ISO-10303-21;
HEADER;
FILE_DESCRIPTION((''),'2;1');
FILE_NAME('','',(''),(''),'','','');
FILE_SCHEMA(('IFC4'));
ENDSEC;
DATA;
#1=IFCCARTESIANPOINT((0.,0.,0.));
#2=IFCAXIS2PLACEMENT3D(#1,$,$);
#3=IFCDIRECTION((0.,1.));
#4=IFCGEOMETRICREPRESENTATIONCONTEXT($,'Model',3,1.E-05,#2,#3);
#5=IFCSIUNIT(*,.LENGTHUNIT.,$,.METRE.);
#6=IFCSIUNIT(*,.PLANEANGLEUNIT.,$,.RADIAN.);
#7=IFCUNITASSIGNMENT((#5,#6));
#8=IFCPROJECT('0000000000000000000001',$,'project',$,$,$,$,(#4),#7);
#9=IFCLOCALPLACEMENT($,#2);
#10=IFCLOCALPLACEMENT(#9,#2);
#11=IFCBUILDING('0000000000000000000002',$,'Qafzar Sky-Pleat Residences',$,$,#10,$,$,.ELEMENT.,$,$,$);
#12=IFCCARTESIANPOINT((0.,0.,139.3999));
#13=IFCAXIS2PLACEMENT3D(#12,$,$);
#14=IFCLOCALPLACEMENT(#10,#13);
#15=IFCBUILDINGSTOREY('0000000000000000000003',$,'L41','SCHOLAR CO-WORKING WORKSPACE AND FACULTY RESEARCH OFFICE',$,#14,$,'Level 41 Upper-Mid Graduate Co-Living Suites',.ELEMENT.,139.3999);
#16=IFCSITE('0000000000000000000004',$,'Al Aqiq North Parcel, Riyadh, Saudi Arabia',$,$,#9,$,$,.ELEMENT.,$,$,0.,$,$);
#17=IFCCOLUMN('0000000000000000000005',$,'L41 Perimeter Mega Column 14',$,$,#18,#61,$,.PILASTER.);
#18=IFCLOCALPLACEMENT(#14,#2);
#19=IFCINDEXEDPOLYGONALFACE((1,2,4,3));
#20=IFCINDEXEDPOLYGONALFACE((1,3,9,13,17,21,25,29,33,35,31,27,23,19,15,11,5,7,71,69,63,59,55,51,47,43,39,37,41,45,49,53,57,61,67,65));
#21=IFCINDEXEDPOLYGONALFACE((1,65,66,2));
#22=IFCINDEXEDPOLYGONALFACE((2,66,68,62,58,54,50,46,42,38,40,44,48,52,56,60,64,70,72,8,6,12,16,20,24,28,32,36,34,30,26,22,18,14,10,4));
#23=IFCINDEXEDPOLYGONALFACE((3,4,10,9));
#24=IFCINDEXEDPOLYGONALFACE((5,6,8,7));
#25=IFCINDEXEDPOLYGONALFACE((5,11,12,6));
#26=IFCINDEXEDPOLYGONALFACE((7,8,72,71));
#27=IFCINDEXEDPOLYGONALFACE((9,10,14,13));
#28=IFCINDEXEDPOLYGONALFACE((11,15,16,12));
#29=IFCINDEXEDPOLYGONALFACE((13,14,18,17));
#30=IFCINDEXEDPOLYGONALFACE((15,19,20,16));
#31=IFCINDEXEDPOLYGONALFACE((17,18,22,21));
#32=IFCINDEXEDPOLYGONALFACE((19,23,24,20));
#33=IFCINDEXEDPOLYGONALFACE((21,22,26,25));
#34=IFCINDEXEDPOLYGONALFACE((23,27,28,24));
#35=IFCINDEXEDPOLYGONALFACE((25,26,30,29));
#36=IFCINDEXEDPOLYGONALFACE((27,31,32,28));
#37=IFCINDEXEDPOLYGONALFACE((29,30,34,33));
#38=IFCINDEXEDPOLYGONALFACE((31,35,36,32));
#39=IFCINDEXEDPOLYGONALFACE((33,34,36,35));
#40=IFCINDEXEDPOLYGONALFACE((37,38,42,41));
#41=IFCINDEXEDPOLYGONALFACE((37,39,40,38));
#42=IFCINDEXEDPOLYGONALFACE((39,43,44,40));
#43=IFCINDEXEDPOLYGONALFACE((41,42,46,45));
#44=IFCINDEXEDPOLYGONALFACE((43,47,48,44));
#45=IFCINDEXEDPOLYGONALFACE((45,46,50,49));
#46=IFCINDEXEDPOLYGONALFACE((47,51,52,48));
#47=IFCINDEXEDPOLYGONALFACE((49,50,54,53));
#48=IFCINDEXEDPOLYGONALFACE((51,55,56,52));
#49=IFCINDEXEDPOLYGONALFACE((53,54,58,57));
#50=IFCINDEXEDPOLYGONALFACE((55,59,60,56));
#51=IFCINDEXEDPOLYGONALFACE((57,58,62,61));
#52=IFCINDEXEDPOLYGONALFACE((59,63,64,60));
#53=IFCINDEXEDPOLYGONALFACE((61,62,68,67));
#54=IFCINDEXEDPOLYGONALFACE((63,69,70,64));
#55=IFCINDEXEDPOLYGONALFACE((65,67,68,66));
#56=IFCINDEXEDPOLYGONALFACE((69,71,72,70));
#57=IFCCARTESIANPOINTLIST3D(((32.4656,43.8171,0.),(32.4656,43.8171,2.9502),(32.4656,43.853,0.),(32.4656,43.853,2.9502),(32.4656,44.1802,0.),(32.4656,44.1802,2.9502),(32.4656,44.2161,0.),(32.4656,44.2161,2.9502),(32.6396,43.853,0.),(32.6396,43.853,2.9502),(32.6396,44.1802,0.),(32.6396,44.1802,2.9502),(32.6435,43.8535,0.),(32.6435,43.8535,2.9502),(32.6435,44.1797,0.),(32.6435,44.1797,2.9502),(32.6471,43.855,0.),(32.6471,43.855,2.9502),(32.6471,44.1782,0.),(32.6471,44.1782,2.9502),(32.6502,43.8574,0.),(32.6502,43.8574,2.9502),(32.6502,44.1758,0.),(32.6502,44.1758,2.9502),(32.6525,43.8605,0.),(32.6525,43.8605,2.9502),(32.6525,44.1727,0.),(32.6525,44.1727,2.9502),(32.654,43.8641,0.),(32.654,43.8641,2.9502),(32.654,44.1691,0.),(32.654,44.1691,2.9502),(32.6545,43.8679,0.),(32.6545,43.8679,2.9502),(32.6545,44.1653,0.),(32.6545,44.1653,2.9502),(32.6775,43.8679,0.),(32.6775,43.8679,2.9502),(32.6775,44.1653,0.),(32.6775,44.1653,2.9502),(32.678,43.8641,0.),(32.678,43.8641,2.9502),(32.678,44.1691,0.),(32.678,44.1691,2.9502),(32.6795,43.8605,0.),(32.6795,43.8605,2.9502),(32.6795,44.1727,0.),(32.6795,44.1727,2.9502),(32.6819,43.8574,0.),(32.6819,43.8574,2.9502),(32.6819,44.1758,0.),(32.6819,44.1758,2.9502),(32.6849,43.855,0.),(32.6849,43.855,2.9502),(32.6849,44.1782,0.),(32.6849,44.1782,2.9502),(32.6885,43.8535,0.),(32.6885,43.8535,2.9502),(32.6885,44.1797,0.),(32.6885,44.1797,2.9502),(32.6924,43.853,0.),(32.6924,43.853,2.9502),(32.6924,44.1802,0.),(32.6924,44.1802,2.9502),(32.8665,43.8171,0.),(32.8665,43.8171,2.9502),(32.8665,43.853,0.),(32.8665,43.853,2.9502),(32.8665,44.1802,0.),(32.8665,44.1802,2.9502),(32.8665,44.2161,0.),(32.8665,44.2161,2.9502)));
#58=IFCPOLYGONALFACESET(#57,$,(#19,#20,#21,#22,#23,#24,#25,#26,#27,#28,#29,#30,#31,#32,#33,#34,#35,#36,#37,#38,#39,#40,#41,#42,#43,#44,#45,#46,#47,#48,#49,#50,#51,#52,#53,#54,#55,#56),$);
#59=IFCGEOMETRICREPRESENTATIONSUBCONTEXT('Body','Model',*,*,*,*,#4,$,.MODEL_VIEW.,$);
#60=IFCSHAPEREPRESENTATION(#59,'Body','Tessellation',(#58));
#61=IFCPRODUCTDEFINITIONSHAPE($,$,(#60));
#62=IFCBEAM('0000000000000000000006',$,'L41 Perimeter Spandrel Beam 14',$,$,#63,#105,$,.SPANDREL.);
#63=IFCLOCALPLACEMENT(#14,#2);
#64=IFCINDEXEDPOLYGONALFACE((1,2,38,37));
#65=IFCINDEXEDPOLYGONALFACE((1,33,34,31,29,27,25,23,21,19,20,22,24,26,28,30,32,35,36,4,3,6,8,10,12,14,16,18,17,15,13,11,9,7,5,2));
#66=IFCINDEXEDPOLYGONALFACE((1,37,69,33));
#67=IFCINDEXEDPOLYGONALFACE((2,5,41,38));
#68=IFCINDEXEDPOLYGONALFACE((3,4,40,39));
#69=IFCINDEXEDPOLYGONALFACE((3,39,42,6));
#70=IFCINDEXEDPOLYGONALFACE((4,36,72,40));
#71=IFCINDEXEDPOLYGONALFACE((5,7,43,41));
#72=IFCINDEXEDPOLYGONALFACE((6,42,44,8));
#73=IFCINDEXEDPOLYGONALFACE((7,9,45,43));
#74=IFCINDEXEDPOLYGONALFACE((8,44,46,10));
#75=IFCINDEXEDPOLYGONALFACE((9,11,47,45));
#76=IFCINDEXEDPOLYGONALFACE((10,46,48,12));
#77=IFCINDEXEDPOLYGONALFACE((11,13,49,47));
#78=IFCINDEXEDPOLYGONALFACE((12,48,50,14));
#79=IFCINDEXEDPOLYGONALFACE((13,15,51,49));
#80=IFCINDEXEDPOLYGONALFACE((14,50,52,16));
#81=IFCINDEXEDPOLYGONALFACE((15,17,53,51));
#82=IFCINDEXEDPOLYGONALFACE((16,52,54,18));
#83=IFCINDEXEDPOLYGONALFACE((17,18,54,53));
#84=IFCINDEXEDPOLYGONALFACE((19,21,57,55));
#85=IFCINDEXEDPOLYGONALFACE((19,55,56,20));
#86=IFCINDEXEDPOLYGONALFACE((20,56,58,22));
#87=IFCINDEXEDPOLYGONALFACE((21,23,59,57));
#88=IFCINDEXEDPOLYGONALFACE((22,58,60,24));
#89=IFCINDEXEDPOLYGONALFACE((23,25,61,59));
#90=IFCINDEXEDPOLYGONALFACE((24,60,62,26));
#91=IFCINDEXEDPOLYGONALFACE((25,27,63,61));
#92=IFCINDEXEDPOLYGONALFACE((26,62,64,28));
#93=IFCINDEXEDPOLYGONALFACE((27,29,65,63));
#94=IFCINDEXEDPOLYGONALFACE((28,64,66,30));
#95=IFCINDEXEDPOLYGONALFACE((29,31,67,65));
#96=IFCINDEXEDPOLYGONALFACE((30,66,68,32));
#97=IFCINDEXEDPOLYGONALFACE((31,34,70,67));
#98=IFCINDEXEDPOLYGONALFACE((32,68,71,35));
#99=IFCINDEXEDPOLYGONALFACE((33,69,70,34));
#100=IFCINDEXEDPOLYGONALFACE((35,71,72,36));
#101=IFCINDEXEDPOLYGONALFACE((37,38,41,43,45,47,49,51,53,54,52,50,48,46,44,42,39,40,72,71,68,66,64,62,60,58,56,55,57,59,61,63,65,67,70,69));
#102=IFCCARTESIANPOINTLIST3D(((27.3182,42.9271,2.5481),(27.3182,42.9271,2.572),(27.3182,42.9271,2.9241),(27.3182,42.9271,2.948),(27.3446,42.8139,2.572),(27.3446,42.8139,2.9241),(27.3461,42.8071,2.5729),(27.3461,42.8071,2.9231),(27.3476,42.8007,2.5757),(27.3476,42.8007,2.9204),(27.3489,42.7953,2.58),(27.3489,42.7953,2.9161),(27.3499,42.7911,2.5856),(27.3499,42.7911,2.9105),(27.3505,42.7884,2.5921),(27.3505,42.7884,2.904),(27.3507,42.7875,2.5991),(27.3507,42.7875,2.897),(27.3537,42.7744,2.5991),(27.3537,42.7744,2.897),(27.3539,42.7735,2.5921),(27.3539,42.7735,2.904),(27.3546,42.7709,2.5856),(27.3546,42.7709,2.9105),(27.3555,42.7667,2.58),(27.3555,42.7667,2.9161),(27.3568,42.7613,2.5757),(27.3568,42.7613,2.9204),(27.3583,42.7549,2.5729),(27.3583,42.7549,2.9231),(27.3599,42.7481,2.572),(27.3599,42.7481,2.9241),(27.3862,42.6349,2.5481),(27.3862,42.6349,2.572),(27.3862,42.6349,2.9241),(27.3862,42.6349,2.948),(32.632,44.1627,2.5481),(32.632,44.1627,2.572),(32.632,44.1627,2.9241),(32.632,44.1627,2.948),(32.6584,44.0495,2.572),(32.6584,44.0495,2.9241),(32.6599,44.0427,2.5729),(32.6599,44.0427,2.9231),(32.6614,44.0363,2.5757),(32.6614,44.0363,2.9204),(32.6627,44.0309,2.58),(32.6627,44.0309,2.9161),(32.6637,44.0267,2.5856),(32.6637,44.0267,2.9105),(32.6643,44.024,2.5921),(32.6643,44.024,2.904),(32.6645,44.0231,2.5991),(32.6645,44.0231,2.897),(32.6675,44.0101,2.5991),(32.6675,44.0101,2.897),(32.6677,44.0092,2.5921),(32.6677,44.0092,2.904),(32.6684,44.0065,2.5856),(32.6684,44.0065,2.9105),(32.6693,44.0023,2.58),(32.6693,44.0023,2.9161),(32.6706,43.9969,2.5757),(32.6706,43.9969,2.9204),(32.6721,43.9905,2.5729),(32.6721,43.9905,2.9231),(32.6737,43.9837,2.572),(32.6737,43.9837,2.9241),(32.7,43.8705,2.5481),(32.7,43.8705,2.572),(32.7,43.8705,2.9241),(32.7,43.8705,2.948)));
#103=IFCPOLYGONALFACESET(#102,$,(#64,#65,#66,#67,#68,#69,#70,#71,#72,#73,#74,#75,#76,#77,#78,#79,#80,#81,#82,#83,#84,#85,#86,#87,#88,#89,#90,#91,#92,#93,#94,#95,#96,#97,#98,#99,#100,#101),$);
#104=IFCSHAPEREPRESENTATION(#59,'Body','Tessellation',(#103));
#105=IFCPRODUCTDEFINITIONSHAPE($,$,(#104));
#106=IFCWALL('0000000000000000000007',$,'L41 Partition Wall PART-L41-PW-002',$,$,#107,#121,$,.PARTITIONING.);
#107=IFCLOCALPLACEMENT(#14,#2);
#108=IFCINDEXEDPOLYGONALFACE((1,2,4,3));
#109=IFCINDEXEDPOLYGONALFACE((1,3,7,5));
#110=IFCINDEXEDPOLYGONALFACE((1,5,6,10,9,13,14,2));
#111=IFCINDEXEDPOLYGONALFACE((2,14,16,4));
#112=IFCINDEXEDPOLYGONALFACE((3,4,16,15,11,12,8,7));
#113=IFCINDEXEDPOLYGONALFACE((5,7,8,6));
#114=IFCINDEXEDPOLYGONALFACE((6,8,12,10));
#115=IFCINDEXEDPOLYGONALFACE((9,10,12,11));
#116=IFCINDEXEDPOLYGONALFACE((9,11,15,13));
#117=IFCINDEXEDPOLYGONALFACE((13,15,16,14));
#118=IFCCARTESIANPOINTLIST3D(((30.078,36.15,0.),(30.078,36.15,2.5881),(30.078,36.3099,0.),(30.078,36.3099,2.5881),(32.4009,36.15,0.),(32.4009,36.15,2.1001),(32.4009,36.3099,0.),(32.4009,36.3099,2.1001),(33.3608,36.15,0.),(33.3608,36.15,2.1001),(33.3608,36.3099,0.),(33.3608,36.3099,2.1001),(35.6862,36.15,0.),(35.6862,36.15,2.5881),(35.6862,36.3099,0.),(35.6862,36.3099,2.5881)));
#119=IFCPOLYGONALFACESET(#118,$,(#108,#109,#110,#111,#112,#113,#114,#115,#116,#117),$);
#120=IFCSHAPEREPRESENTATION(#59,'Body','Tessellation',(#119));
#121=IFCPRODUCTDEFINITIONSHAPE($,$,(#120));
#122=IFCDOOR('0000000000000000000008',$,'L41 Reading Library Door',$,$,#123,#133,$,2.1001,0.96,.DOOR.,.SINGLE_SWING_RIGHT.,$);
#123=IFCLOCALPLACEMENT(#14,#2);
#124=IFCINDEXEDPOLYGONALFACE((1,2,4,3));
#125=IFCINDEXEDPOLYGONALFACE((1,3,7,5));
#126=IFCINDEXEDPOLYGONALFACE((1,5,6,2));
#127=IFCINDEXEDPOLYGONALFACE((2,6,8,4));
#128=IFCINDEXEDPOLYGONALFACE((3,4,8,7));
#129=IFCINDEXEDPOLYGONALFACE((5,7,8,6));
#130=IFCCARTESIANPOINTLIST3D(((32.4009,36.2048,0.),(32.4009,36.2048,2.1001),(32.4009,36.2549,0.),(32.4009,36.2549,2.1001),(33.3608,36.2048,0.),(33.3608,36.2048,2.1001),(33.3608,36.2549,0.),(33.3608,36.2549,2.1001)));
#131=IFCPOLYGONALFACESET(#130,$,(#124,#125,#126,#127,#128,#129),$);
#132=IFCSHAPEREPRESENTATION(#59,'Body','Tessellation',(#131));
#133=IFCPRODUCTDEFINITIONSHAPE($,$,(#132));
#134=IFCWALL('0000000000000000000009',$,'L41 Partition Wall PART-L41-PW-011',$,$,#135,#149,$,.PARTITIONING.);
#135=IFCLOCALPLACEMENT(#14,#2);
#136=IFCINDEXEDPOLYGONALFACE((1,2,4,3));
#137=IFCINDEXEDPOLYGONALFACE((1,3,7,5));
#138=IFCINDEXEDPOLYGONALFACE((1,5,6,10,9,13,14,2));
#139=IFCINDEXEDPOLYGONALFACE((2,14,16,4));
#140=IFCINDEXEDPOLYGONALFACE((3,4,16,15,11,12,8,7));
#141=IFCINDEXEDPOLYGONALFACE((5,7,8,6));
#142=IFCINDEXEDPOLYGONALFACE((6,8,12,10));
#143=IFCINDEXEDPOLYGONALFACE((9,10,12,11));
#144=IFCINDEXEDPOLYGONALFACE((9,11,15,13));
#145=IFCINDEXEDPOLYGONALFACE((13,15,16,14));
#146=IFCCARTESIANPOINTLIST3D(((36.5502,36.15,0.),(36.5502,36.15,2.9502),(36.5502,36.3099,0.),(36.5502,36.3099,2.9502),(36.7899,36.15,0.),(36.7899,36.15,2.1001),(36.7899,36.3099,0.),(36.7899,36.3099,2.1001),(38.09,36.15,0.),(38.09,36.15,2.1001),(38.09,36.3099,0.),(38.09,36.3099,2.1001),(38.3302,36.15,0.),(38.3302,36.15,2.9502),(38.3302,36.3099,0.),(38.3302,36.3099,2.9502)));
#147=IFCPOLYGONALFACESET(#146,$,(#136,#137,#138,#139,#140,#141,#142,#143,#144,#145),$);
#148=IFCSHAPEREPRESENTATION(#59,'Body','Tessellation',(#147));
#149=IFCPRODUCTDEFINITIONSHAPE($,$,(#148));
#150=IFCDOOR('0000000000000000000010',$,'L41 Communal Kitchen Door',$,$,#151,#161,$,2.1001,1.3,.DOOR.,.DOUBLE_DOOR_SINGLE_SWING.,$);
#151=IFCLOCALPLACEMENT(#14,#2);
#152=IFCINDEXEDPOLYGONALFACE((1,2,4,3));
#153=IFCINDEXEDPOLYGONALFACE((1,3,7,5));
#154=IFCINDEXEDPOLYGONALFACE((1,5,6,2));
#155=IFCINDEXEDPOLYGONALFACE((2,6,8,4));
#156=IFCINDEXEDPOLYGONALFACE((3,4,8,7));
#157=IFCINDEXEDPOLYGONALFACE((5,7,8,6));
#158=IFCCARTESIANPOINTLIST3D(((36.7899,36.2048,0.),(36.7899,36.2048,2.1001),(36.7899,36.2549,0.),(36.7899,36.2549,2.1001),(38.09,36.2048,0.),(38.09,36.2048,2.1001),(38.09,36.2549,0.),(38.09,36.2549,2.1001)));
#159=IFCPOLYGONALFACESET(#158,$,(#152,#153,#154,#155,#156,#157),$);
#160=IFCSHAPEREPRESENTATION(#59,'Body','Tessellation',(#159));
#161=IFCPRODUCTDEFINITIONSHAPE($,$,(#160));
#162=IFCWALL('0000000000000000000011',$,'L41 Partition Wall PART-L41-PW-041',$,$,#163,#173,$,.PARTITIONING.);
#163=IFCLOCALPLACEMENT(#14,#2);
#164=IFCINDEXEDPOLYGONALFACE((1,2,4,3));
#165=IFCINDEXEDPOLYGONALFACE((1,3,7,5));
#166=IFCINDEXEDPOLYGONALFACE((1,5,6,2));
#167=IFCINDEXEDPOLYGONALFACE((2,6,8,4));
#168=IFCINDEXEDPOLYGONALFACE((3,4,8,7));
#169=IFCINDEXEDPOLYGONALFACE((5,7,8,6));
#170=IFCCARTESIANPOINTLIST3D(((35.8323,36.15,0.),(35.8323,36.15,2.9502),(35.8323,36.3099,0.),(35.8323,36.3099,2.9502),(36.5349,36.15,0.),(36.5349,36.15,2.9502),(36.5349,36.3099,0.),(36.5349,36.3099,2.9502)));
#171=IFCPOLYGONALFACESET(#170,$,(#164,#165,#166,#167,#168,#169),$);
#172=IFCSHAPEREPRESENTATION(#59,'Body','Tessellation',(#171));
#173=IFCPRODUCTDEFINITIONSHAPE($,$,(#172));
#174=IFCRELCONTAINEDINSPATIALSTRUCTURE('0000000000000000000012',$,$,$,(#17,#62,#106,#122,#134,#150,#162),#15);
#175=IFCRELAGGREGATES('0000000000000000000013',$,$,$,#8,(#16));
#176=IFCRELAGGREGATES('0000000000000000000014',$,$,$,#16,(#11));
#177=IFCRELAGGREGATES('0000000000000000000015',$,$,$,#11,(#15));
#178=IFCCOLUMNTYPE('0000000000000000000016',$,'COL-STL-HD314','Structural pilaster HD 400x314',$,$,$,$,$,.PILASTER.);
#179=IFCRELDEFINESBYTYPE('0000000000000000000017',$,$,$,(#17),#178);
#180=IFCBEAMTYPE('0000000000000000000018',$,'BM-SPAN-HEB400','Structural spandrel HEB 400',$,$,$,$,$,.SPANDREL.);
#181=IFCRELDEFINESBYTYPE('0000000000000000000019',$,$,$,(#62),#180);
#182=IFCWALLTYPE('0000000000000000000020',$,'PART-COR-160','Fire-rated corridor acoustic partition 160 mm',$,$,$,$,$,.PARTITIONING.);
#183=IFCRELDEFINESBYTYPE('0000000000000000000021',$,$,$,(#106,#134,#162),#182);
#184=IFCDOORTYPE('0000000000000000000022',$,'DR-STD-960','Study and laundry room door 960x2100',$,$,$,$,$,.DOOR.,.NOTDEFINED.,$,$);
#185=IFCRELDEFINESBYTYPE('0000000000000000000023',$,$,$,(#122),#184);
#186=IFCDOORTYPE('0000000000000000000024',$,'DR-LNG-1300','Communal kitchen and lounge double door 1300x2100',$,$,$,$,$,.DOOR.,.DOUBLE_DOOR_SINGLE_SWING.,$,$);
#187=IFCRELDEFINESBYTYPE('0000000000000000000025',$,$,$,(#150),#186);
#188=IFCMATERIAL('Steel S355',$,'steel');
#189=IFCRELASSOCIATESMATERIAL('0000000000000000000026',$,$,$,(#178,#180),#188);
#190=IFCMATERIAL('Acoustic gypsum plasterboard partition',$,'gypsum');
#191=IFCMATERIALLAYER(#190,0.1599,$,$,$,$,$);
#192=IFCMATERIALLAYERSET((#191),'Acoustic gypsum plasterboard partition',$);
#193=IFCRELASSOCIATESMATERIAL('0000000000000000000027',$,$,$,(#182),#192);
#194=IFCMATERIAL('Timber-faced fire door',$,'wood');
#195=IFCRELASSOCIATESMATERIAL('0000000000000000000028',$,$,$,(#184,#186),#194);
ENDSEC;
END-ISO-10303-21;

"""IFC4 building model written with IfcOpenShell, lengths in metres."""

from ifc_helpers import new_model, si_unit, direction, frame, frame_2d, origin, origin_2d, place, context, subcontext, project, spatial, rectangle, i_section, extrude, source, transform, mapped, material, layer, layer_set, material_profile, profile_set, type_object, element, fill, save


model = new_model("IFC4")

# Units and contexts
model_context = context("Model", 3, precision=1e-05, world=origin(), true_north=direction((0.0, 1.0)))
body_context = subcontext(model_context, "Body", "Model", "MODEL_VIEW")
ifc_project = project(units=[si_unit("LENGTHUNIT", "METRE"), si_unit("PLANEANGLEUNIT", "RADIAN")], contexts=[model_context])

# Site, building, storey
site_placement = place(None, origin())
site = spatial("IfcSite", under=ifc_project, at=site_placement, Name="Al Aqiq North Parcel, Riyadh, Saudi Arabia", CompositionType="ELEMENT", RefElevation=0.0)
building_placement = place(site_placement, origin())
building = spatial("IfcBuilding", under=site, at=building_placement, Name="Qafzar Sky-Pleat Residences", CompositionType="ELEMENT")
storey_placement = place(building_placement, frame((0.0, 0.0, 139.3999)))
storey = spatial("IfcBuildingStorey", under=building, at=storey_placement, Name="L41", Description="SCHOLAR CO-WORKING WORKSPACE AND FACULTY RESEARCH OFFICE", LongName="Level 41 Upper-Mid Graduate Co-Living Suites", CompositionType="ELEMENT", Elevation=139.3999)

# Column
ifc_material_1 = material(Name="Steel S355", Category="steel")
ifc_material_profile_1 = material_profile(ifc_material_1, i_section(OverallWidth=0.4009, OverallDepth=0.3989, WebThickness=0.0229, FlangeThickness=0.0359, FilletRadius=0.0149, at=origin_2d()), Name="HD 400x314")
ifc_profile_set_1 = profile_set([ifc_material_profile_1], Name="Steel S355")
column_type = type_object("IfcColumnType", Name="COL-STL-HD314", Description="Structural pilaster HD 400x314", PredefinedType="PILASTER", material=ifc_profile_set_1)
shared_shape_1 = source(origin(), body_context, "Body", "SweptSolid", [
    extrude(i_section(OverallWidth=0.4009, OverallDepth=0.3989, WebThickness=0.0229, FlangeThickness=0.0359, FilletRadius=0.0149, at=origin_2d()), origin(), (0.0, 0.0, 1.0), 2.9502),
])
column_placement = place(storey_placement, frame((32.666, 44.0166, 0.0), z_axis=(0.0, 0.0, 1.0), x_axis=(1.0, 0.0, 0.0)))
element("IfcColumn", 1, at=column_placement, inside=storey, type_object=column_type, Name="L41 Perimeter Mega Column 14", PredefinedType="PILASTER", context=body_context, shape_type="MappedRepresentation", body=[
    mapped(shared_shape_1, transform((0.0, 0.0, 0.0), x_axis=(1.0, 0.0, 0.0), y_axis=(0.0, 1.0, 0.0), z_axis=(0.0, 0.0, 1.0), scale=1.0)),
])

# Beam
ifc_material_profile_2 = material_profile(ifc_material_1, i_section(OverallWidth=0.3, OverallDepth=0.3999, WebThickness=0.0134, FlangeThickness=0.0239, FilletRadius=0.0271, at=origin_2d()), Name="HEB 400")
ifc_profile_set_2 = profile_set([ifc_material_profile_2], Name="Steel S355")
beam_type = type_object("IfcBeamType", Name="BM-SPAN-HEB400", Description="Structural spandrel HEB 400", PredefinedType="SPANDREL", material=ifc_profile_set_2)
shared_shape_2 = source(origin(), body_context, "Body", "SweptSolid", [
    extrude(i_section(OverallWidth=0.3, OverallDepth=0.3999, WebThickness=0.0134, FlangeThickness=0.0239, FilletRadius=0.0271, at=origin_2d()), origin(), (0.0, 0.0, 1.0), 5.4556),
])
beam_placement = place(storey_placement, frame((32.666, 44.0166, 2.748), z_axis=(-0.974014, -0.226487, 0.0), x_axis=(0.226487, -0.974014, 0.0)))
element("IfcBeam", 2, at=beam_placement, inside=storey, type_object=beam_type, Name="L41 Perimeter Spandrel Beam 14", PredefinedType="SPANDREL", context=body_context, shape_type="MappedRepresentation", body=[
    mapped(shared_shape_2, transform((0.0, 0.0, 0.0), x_axis=(1.0, 0.0, 0.0), y_axis=(0.0, 1.0, 0.0), z_axis=(0.0, 0.0, 1.0), scale=1.0)),
])

# Walls, openings, doors
ifc_material_2 = material(Name="Acoustic gypsum plasterboard partition", Category="gypsum")
ifc_layer_1 = layer(ifc_material_2, 0.1599)
ifc_layer_set_1 = layer_set([ifc_layer_1], Name="Acoustic gypsum plasterboard partition")
wall_type_1 = type_object("IfcWallType", Name="PART-COR-160", Description="Fire-rated corridor acoustic partition 160 mm", PredefinedType="PARTITIONING", material=ifc_layer_set_1)
wall_1_placement = place(storey_placement, frame((30.0779, 36.23, 0.0), z_axis=(0.0, 0.0, 1.0), x_axis=(1.0, 0.0, 0.0)))
wall_1 = element("IfcWall", 3, at=wall_1_placement, inside=storey, type_object=wall_type_1, Name="L41 Partition Wall PART-L41-PW-002", PredefinedType="PARTITIONING", context=body_context, shape_type="SweptSolid", body=[
    extrude(rectangle(XDim=5.6082, YDim=0.1599, at=frame_2d((2.8042, 0.0))), origin(), (0.0, 0.0, 1.0), 2.5881),
])
opening_1_placement = place(wall_1_placement, frame((2.323, 0.0, 0.0)))
opening_1 = element("IfcOpeningElement", 4, at=opening_1_placement, cuts=wall_1, PredefinedType="OPENING", context=body_context, shape_type="SweptSolid", body=[
    extrude(rectangle(XDim=0.96, YDim=2.1001, at=frame_2d((0.48, 1.05))), frame((0.0, 0.0898, 0.0), z_axis=(0.0, -1.0, 0.0), x_axis=(1.0, 0.0, 0.0)), (0.0, 0.0, 1.0), 0.1799),
])
ifc_material_3 = material(Name="Timber-faced fire door", Category="wood")
door_type_1 = type_object("IfcDoorType", Name="DR-STD-960", Description="Study and laundry room door 960x2100", OperationType="NOTDEFINED", PredefinedType="DOOR", material=ifc_material_3)
shared_shape_3 = source(origin(), body_context, "Body", "SweptSolid", [
    extrude(rectangle(XDim=0.96, YDim=2.1001, at=frame_2d((0.48, 1.05))), frame((0.0, 0.0249, 0.0), z_axis=(0.0, -1.0, 0.0), x_axis=(1.0, 0.0, 0.0)), (0.0, 0.0, 1.0), 0.05),
])
door_1_placement = place(opening_1_placement, origin())
door_1 = element("IfcDoor", 5, at=door_1_placement, inside=storey, type_object=door_type_1, Name="L41 Reading Library Door", OperationType="SINGLE_SWING_RIGHT", OverallHeight=2.1001, OverallWidth=0.96, PredefinedType="DOOR", context=body_context, shape_type="MappedRepresentation", body=[
    mapped(shared_shape_3, transform((0.0, 0.0, 0.0), x_axis=(1.0, 0.0, 0.0), y_axis=(0.0, 1.0, 0.0), z_axis=(0.0, 0.0, 1.0), scale=1.0)),
])
fill(opening_1, door_1)
wall_2_placement = place(storey_placement, frame((36.55, 36.23, 0.0), z_axis=(0.0, 0.0, 1.0), x_axis=(1.0, 0.0, 0.0)))
wall_2 = element("IfcWall", 6, at=wall_2_placement, inside=storey, type_object=wall_type_1, Name="L41 Partition Wall PART-L41-PW-011", PredefinedType="PARTITIONING", context=body_context, shape_type="SweptSolid", body=[
    extrude(rectangle(XDim=1.78, YDim=0.1599, at=frame_2d((0.8901, 0.0))), origin(), (0.0, 0.0, 1.0), 2.9502),
])
opening_2_placement = place(wall_2_placement, frame((0.24, 0.0, 0.0)))
opening_2 = element("IfcOpeningElement", 7, at=opening_2_placement, cuts=wall_2, PredefinedType="OPENING", context=body_context, shape_type="SweptSolid", body=[
    extrude(rectangle(XDim=1.3, YDim=2.1001, at=frame_2d((0.6499, 1.05))), frame((0.0, 0.0898, 0.0), z_axis=(0.0, -1.0, 0.0), x_axis=(1.0, 0.0, 0.0)), (0.0, 0.0, 1.0), 0.1799),
])
door_type_2 = type_object("IfcDoorType", Name="DR-LNG-1300", Description="Communal kitchen and lounge double door 1300x2100", OperationType="DOUBLE_DOOR_SINGLE_SWING", PredefinedType="DOOR", material=ifc_material_3)
shared_shape_4 = source(origin(), body_context, "Body", "SweptSolid", [
    extrude(rectangle(XDim=1.3, YDim=2.1001, at=frame_2d((0.6499, 1.05))), frame((0.0, 0.0249, 0.0), z_axis=(0.0, -1.0, 0.0), x_axis=(1.0, 0.0, 0.0)), (0.0, 0.0, 1.0), 0.05),
])
door_2_placement = place(opening_2_placement, origin())
door_2 = element("IfcDoor", 8, at=door_2_placement, inside=storey, type_object=door_type_2, Name="L41 Communal Kitchen Door", OperationType="DOUBLE_DOOR_SINGLE_SWING", OverallHeight=2.1001, OverallWidth=1.3, PredefinedType="DOOR", context=body_context, shape_type="MappedRepresentation", body=[
    mapped(shared_shape_4, transform((0.0, 0.0, 0.0), x_axis=(1.0, 0.0, 0.0), y_axis=(0.0, 1.0, 0.0), z_axis=(0.0, 0.0, 1.0), scale=1.0)),
])
fill(opening_2, door_2)

# Wall
wall_3_placement = place(storey_placement, frame((35.8323, 36.23, 0.0), z_axis=(0.0, 0.0, 1.0), x_axis=(1.0, 0.0, 0.0)))
element("IfcWall", 9, at=wall_3_placement, inside=storey, type_object=wall_type_1, Name="L41 Partition Wall PART-L41-PW-041", PredefinedType="PARTITIONING", context=body_context, shape_type="SweptSolid", body=[
    extrude(rectangle(XDim=0.7026, YDim=0.1599, at=frame_2d((0.3513, 0.0))), origin(), (0.0, 0.0, 1.0), 2.9502),
])

save(model, "model.ifc")
